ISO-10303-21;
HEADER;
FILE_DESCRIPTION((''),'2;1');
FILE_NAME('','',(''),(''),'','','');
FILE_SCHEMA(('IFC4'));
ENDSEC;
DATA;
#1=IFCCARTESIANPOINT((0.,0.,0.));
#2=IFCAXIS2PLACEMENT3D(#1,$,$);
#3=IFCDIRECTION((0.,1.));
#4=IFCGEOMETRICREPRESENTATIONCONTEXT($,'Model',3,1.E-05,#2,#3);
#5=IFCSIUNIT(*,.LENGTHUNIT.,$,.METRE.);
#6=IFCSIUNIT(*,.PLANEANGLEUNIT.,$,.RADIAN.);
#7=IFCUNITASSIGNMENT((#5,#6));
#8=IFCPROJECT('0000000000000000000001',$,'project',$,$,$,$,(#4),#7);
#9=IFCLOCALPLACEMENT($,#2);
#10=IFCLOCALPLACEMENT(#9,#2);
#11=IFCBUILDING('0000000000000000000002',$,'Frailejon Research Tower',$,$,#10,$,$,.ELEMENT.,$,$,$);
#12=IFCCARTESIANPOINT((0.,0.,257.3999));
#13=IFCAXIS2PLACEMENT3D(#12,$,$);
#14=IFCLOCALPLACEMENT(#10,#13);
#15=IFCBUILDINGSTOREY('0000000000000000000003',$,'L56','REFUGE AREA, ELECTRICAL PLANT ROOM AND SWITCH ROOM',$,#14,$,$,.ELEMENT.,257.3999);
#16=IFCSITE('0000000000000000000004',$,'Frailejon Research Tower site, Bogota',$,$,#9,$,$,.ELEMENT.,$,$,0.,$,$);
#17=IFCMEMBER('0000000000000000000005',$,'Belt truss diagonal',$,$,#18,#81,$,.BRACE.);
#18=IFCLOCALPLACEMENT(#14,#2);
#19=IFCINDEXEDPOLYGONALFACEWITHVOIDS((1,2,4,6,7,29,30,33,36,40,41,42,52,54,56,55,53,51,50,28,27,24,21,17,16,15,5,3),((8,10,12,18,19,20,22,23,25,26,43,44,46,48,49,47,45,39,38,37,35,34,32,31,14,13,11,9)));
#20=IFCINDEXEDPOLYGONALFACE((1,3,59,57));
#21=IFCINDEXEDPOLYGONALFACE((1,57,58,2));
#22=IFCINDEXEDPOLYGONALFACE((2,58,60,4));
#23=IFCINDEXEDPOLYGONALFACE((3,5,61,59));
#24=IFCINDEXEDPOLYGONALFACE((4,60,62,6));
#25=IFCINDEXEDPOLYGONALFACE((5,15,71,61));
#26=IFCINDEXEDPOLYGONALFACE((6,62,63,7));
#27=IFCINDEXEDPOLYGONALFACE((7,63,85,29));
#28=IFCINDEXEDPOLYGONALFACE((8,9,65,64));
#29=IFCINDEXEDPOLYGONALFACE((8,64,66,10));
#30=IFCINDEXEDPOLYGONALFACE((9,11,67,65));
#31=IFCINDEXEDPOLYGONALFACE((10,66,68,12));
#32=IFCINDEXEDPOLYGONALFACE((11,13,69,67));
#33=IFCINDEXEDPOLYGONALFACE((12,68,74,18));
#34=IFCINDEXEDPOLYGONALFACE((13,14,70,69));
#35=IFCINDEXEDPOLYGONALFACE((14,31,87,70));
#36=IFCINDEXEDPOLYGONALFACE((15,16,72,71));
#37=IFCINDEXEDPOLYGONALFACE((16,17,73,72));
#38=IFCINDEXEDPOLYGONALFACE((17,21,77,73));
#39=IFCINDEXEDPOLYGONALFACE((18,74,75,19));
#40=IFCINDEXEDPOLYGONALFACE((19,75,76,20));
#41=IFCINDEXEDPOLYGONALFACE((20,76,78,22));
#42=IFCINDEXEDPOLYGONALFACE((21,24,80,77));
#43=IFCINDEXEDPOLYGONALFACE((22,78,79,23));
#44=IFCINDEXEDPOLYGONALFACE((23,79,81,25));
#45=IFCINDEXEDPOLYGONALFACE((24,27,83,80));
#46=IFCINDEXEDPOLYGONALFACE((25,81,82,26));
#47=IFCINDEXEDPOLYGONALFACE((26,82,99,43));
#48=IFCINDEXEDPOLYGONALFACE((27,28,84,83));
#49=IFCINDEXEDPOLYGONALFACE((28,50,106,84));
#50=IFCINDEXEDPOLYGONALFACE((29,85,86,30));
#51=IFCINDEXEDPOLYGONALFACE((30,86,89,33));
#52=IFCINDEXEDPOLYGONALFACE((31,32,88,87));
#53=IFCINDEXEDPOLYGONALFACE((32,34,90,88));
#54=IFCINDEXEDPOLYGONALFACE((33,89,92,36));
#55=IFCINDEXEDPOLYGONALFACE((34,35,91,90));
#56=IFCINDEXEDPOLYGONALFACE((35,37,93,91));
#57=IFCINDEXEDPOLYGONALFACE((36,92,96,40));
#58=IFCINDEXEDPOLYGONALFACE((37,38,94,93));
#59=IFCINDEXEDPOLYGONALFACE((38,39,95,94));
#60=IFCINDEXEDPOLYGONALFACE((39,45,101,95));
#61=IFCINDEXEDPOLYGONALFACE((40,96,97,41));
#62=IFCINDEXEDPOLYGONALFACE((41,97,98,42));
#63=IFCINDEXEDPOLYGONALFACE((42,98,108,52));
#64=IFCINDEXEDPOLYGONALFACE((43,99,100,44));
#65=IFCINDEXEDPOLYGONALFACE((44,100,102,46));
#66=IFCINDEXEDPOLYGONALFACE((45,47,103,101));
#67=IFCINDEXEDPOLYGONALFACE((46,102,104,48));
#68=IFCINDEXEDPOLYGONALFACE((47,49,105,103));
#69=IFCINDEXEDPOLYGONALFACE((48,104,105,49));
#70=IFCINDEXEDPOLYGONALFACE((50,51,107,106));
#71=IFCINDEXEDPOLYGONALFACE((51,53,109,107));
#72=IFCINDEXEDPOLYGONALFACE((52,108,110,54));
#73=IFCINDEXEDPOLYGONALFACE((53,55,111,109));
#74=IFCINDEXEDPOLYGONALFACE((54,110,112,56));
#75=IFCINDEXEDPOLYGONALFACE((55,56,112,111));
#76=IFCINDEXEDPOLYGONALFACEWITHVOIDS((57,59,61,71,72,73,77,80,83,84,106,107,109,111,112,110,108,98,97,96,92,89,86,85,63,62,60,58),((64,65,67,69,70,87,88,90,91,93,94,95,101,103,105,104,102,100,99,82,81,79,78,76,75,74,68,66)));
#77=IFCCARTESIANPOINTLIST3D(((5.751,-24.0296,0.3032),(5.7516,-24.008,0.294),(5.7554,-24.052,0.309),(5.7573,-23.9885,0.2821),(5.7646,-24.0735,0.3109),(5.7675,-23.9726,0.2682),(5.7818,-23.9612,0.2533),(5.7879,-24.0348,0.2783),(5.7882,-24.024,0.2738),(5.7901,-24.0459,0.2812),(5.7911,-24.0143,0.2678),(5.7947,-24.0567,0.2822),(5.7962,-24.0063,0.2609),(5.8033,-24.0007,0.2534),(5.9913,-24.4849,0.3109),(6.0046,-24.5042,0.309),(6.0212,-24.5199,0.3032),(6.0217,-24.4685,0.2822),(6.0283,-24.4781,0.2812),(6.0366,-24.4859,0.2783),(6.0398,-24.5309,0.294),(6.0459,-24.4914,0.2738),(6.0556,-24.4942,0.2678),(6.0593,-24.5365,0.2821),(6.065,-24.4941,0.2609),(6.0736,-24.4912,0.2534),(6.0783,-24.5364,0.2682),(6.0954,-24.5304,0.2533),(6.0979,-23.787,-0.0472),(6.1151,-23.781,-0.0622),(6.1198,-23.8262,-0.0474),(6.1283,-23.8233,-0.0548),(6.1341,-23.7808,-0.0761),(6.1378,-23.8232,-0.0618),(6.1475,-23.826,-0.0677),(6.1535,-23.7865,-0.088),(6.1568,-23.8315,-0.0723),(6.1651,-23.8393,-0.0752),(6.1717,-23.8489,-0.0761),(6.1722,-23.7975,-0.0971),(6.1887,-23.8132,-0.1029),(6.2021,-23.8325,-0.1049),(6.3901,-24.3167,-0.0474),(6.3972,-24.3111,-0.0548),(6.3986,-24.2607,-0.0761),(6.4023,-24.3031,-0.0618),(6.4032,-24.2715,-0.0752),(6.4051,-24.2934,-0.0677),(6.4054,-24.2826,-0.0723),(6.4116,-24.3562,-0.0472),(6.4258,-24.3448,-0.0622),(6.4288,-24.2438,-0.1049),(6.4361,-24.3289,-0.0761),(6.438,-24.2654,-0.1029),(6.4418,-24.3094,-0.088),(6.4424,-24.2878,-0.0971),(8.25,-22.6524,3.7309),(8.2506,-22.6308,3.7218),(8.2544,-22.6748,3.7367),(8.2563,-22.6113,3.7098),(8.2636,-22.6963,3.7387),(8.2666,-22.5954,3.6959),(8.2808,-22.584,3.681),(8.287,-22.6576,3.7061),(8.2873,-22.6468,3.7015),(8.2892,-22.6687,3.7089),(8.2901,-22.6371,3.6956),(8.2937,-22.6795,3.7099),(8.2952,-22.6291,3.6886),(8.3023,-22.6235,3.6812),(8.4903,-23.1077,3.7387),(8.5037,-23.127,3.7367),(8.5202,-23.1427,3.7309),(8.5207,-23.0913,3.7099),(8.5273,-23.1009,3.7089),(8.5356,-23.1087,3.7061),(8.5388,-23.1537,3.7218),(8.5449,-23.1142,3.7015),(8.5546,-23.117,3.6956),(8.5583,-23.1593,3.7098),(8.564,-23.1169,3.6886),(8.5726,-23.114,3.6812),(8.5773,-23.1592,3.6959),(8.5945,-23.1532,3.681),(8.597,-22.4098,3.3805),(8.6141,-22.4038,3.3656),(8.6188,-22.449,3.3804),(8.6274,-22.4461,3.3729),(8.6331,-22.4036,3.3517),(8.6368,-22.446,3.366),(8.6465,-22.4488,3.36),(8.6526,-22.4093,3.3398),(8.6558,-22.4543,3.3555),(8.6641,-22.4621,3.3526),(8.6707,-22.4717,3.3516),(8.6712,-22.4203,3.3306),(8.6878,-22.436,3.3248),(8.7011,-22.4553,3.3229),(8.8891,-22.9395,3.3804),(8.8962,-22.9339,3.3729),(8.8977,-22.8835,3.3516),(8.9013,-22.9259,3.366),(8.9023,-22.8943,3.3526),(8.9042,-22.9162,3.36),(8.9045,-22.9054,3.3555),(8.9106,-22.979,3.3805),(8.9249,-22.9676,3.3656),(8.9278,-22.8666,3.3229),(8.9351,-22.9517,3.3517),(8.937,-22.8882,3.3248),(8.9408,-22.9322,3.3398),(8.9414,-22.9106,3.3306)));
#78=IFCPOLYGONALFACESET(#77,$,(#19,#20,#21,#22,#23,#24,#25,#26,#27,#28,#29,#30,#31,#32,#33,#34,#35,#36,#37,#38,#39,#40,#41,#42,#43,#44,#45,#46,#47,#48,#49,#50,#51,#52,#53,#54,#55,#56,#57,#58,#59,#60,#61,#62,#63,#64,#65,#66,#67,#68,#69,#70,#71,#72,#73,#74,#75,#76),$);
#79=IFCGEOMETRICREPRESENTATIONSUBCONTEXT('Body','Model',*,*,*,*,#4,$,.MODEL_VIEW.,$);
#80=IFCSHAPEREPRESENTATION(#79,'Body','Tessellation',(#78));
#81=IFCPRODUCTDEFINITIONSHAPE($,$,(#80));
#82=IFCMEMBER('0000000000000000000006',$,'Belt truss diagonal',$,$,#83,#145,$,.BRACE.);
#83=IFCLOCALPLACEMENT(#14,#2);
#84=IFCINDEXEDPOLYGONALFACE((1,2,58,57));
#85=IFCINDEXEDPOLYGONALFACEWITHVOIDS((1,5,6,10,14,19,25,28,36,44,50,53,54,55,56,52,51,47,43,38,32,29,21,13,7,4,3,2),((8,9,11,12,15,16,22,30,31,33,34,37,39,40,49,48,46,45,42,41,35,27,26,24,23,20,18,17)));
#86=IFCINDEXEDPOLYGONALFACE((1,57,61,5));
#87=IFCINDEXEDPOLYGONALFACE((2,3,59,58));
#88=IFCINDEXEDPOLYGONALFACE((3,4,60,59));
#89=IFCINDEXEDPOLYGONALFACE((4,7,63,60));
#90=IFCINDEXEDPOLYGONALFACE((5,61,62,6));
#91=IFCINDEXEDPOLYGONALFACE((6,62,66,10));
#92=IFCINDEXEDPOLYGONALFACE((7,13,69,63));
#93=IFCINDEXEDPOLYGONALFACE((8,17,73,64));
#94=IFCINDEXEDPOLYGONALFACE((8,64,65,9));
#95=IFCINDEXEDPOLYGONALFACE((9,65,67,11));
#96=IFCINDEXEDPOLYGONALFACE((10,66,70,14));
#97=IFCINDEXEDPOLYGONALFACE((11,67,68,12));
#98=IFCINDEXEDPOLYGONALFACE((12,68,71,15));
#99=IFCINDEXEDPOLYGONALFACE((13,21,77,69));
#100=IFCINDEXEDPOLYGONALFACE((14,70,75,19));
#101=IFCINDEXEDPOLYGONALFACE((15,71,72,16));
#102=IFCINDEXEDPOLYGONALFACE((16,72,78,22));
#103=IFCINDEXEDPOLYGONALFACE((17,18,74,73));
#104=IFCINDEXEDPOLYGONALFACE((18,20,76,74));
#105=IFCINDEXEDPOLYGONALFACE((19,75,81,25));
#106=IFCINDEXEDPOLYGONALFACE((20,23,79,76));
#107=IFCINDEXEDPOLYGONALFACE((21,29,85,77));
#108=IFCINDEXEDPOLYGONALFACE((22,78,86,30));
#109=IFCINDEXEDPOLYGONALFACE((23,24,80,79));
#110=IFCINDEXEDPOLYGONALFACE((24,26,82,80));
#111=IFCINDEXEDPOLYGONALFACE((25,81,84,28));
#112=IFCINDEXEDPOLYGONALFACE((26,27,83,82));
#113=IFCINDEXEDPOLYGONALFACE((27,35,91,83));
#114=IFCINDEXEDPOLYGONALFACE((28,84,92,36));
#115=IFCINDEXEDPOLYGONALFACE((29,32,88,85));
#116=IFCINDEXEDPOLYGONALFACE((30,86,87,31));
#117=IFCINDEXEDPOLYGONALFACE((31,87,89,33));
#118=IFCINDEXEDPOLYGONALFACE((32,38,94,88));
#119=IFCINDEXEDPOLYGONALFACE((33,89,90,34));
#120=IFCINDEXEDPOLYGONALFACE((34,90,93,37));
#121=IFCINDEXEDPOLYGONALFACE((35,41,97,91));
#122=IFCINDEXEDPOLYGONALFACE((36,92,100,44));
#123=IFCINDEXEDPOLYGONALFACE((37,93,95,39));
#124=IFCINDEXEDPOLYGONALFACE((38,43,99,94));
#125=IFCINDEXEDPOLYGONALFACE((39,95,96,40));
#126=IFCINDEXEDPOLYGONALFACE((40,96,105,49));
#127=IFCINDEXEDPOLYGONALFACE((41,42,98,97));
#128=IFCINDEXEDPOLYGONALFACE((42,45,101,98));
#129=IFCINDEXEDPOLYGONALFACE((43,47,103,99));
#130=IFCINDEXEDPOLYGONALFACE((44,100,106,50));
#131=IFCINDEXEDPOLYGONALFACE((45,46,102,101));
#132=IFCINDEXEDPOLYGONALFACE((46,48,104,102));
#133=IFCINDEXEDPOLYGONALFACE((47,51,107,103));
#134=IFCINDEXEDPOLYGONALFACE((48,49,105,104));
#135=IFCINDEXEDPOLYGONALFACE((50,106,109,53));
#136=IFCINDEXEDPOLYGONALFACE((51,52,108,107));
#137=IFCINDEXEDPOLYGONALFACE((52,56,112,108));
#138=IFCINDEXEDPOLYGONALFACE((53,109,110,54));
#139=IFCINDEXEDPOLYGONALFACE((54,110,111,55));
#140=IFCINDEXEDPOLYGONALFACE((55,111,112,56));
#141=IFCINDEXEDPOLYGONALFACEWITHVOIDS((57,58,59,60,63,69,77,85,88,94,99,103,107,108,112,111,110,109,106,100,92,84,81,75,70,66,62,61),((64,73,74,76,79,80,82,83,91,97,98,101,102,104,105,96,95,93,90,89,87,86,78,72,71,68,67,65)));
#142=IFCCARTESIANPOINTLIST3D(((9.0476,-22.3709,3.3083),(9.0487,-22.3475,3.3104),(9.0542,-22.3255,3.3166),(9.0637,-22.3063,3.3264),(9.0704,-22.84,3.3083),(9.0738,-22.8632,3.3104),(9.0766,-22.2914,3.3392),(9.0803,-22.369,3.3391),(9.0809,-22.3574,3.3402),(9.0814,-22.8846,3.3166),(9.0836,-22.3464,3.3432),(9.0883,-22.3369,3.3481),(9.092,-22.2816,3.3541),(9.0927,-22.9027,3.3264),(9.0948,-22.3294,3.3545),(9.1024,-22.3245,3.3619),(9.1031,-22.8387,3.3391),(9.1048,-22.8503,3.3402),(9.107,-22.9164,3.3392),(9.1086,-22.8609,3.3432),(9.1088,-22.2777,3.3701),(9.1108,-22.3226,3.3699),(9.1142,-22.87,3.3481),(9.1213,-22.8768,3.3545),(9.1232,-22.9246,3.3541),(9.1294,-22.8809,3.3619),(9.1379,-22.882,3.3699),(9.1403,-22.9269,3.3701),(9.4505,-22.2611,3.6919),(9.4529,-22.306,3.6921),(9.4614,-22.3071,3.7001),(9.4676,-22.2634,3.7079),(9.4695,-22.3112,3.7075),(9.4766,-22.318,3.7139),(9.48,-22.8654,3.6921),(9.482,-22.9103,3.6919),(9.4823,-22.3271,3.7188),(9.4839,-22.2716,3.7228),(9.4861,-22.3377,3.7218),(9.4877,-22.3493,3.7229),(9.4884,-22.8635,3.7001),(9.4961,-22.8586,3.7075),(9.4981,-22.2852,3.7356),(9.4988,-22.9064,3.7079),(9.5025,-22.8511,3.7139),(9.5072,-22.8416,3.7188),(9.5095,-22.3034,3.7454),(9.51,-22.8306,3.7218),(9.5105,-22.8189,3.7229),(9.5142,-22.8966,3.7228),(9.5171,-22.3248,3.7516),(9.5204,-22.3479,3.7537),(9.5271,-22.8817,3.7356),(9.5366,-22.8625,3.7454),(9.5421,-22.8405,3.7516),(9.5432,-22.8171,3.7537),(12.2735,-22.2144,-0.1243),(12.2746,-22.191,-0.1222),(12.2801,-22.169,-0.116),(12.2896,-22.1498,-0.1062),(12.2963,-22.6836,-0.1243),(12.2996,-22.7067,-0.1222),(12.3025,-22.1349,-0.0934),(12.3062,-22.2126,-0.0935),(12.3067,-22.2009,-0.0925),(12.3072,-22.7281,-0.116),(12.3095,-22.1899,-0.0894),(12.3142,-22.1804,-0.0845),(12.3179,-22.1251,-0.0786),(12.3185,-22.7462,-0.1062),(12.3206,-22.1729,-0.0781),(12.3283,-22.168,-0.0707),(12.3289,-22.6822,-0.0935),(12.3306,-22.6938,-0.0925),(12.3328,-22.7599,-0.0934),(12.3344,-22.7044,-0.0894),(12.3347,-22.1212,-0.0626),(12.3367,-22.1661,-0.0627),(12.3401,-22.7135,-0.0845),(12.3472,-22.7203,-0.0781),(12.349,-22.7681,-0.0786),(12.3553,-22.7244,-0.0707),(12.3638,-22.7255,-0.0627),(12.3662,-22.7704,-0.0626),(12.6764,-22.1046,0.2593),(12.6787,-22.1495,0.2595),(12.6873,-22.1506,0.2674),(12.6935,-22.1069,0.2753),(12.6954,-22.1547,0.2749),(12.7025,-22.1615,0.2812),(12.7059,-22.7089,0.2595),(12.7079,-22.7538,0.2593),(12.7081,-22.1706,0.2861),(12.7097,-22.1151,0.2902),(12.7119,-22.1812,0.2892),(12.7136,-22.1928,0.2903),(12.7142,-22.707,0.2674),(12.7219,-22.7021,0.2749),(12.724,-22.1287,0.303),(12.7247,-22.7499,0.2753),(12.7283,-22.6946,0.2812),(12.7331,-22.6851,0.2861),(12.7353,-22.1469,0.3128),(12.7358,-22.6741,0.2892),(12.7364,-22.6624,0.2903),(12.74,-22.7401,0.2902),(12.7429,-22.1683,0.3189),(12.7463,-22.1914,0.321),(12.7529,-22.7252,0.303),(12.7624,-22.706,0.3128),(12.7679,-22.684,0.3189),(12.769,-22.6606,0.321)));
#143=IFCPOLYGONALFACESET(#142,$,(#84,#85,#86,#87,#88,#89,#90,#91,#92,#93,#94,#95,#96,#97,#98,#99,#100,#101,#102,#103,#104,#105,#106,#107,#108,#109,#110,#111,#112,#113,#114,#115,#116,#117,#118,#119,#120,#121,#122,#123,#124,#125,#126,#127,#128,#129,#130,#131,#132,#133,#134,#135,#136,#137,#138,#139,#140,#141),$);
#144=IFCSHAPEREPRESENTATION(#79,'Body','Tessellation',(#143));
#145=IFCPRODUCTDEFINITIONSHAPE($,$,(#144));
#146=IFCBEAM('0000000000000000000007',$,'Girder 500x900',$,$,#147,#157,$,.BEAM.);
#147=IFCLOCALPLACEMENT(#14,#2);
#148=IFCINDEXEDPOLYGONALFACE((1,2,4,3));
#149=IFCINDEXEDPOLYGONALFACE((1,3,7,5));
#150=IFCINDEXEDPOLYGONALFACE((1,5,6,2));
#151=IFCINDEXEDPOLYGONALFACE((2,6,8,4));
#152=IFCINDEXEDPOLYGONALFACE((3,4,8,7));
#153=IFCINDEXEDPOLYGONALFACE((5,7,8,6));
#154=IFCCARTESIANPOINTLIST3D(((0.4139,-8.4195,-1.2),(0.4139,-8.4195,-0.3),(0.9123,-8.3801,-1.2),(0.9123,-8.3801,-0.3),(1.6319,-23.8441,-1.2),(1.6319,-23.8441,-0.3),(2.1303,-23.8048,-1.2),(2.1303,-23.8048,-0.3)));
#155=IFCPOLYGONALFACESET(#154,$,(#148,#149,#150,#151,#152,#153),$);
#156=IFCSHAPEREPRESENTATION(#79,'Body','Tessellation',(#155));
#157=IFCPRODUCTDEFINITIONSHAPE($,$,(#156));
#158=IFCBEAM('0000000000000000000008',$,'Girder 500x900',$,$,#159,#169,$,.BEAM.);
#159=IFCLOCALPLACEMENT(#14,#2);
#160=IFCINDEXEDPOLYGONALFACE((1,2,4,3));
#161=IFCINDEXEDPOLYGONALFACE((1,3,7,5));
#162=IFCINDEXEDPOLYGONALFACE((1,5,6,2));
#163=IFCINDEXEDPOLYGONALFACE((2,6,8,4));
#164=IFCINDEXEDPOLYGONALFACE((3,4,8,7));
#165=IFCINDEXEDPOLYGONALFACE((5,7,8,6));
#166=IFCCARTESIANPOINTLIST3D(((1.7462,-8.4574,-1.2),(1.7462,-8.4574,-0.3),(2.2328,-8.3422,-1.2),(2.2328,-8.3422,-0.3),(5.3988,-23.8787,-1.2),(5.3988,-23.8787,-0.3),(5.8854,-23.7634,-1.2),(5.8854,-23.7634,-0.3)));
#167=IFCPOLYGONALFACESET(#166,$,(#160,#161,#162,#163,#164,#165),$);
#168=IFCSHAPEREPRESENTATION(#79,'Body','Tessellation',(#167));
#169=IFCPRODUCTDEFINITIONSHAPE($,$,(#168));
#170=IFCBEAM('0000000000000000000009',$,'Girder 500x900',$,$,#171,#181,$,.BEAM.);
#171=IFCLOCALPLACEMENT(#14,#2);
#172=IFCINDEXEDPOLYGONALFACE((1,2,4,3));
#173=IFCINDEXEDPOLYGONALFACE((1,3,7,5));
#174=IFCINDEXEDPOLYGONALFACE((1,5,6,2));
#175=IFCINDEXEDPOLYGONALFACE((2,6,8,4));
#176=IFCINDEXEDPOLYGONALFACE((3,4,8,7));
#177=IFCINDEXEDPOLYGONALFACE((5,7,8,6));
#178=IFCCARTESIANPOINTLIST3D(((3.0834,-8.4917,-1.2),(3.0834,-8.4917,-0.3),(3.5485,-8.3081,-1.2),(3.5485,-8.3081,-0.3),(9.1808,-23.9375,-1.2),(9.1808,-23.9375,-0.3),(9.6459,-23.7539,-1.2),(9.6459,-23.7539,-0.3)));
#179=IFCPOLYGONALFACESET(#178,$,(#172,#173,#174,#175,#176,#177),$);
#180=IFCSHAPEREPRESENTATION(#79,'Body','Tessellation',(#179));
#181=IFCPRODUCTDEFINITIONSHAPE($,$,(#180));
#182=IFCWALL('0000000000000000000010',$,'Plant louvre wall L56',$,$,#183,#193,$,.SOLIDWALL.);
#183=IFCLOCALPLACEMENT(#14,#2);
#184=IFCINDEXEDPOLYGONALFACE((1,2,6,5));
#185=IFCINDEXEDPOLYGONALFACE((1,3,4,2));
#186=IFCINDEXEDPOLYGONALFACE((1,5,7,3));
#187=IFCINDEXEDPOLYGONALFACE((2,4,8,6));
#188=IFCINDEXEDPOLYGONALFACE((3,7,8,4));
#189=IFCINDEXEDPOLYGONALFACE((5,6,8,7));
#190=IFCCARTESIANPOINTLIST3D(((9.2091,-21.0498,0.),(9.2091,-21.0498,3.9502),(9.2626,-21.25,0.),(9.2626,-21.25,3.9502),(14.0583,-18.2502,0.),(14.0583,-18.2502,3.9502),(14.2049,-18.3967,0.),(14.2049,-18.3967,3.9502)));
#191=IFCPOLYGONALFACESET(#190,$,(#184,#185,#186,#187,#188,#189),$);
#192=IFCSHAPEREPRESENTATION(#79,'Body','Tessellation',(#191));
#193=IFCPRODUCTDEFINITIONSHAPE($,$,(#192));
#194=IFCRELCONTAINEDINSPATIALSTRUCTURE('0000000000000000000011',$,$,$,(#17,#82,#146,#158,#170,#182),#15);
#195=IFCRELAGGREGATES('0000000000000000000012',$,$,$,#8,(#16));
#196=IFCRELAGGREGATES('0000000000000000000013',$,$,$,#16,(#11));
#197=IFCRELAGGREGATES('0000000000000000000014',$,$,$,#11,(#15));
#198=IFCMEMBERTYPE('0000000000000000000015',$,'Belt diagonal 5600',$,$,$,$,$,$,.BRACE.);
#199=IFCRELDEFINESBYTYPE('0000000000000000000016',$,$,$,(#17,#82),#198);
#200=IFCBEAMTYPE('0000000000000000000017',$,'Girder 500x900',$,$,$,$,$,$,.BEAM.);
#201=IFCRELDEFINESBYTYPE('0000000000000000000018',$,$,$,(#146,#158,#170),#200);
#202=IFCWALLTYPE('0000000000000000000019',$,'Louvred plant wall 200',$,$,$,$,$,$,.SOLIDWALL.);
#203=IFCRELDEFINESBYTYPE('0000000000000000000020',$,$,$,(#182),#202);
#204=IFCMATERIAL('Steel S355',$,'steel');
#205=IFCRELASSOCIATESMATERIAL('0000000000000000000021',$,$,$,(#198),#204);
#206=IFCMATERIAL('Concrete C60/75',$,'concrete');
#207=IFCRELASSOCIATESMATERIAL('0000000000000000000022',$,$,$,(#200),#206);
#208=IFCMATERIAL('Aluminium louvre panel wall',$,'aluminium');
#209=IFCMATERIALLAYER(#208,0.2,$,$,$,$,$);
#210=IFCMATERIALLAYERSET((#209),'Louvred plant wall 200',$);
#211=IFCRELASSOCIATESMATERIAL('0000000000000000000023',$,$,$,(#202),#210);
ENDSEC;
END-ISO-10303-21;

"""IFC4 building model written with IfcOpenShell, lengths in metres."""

from ifc_helpers import new_model, si_unit, direction, frame, origin, origin_2d, place, context, subcontext, project, spatial, polyline, rectangle, hollow_rectangle, outline, extrude, material, layer, layer_set, material_profile, profile_set, type_object, element, save


model = new_model("IFC4")

# Units and contexts
model_context = context("Model", 3, precision=1e-05, world=origin(), true_north=direction((0.0, 1.0)))
body_context = subcontext(model_context, "Body", "Model", "MODEL_VIEW")
ifc_project = project(units=[si_unit("LENGTHUNIT", "METRE"), si_unit("PLANEANGLEUNIT", "RADIAN")], contexts=[model_context])

# Site, building, storey
site_placement = place(None, origin())
site = spatial("IfcSite", under=ifc_project, at=site_placement, Name="Frailejon Research Tower site, Bogota", CompositionType="ELEMENT", RefElevation=0.0)
building_placement = place(site_placement, origin())
building = spatial("IfcBuilding", under=site, at=building_placement, Name="Frailejon Research Tower", CompositionType="ELEMENT")
storey_placement = place(building_placement, frame((0.0, 0.0, 257.3999)))
storey = spatial("IfcBuildingStorey", under=building, at=storey_placement, Name="L56", Description="REFUGE AREA, ELECTRICAL PLANT ROOM AND SWITCH ROOM", CompositionType="ELEMENT", Elevation=257.3999)

# Members
ifc_material_1 = material(Name="Steel S355", Category="steel")
ifc_material_profile_1 = material_profile(ifc_material_1, hollow_rectangle(XDim=0.6499, YDim=0.6499, WallThickness=0.0449, InnerFilletRadius=0.0449, OuterFilletRadius=0.0901, at=origin_2d()), Name="Belt diagonal 5600")
ifc_profile_set_1 = profile_set([ifc_material_profile_1], Name="Steel S355")
member_type = type_object("IfcMemberType", Name="Belt diagonal 5600", PredefinedType="BRACE", material=ifc_profile_set_1)
member_1_placement = place(storey_placement, frame((6.0967, -24.1587, 0.103), z_axis=(0.560325, 0.308792, 0.768559), x_axis=(-0.482654, 0.875811, 0.0)))
element("IfcMember", 1, at=member_1_placement, inside=storey, type_object=member_type, Name="Belt truss diagonal", PredefinedType="BRACE", context=body_context, shape_type="SweptSolid", body=[
    extrude(hollow_rectangle(XDim=0.6499, YDim=0.6499, WallThickness=0.0449, InnerFilletRadius=0.0449, OuterFilletRadius=0.0901, at=origin_2d()), origin(), (0.0, 0.0, 1.0), 4.46),
])
member_2_placement = place(storey_placement, frame((9.2954, -22.594, 3.531), z_axis=(0.684439, 0.033204, -0.728314), x_axis=(-0.048456, 0.998825, 0.0)))
element("IfcMember", 2, at=member_2_placement, inside=storey, type_object=member_type, Name="Belt truss diagonal", PredefinedType="BRACE", context=body_context, shape_type="SweptSolid", body=[
    extrude(hollow_rectangle(XDim=0.6499, YDim=0.6499, WallThickness=0.0449, InnerFilletRadius=0.0449, OuterFilletRadius=0.0901, at=origin_2d()), origin(), (0.0, 0.0, 1.0), 4.7131),
])

# Beams
ifc_material_2 = material(Name="Concrete C60/75", Category="concrete")
ifc_material_profile_2 = material_profile(ifc_material_2, rectangle(XDim=0.5, YDim=0.8999, at=origin_2d()), Name="Girder 500x900")
ifc_profile_set_2 = profile_set([ifc_material_profile_2], Name="Concrete C60/75")
beam_type_1 = type_object("IfcBeamType", Name="Girder 500x900", PredefinedType="BEAM", material=ifc_profile_set_2)
beam_1_placement = place(storey_placement, frame((1.8811, -23.8245, -0.75), z_axis=(-0.078721, 0.996897, 0.0), x_axis=(-0.996897, -0.078721, 0.0)))
element("IfcBeam", 3, at=beam_1_placement, inside=storey, type_object=beam_type_1, Name="Girder 500x900", PredefinedType="BEAM", context=body_context, shape_type="SweptSolid", body=[
    extrude(rectangle(XDim=0.5, YDim=0.8999, at=origin_2d()), origin(), (0.0, 0.0, 1.0), 15.4727),
])
beam_2_placement = place(storey_placement, frame((5.6421, -23.821, -0.75), z_axis=(-0.230479, 0.973077, 0.0), x_axis=(-0.973077, -0.230479, 0.0)))
element("IfcBeam", 4, at=beam_2_placement, inside=storey, type_object=beam_type_1, Name="Girder 500x900", PredefinedType="BEAM", context=body_context, shape_type="SweptSolid", body=[
    extrude(rectangle(XDim=0.5, YDim=0.8999, at=origin_2d()), origin(), (0.0, 0.0, 1.0), 15.8479),
])
beam_3_placement = place(storey_placement, frame((9.4133, -23.8457, -0.75), z_axis=(-0.367187, 0.930147, 0.0), x_axis=(-0.930147, -0.367187, 0.0)))
element("IfcBeam", 5, at=beam_3_placement, inside=storey, type_object=beam_type_1, Name="Girder 500x900", PredefinedType="BEAM", context=body_context, shape_type="SweptSolid", body=[
    extrude(rectangle(XDim=0.5, YDim=0.8999, at=origin_2d()), origin(), (0.0, 0.0, 1.0), 16.6057),
])

# Wall
ifc_material_3 = material(Name="Aluminium louvre panel wall", Category="aluminium")
ifc_layer_1 = layer(ifc_material_3, 0.2)
ifc_layer_set_1 = layer_set([ifc_layer_1], Name="Louvred plant wall 200")
wall_type_1 = type_object("IfcWallType", Name="Louvred plant wall 200", PredefinedType="SOLIDWALL", material=ifc_layer_set_1)
wall_1_placement = place(storey_placement, frame((9.2358, -21.1499, 0.0), z_axis=(0.0, 0.0, 1.0), x_axis=(0.866037, 0.49998, 0.0)))
element("IfcWall", 6, at=wall_1_placement, inside=storey, type_object=wall_type_1, Name="Plant louvre wall L56", PredefinedType="SOLIDWALL", context=body_context, shape_type="SweptSolid", body=[
    extrude(outline(polyline([(-0.0269, -0.1001), (5.6799, -0.1001), (5.6262, 0.1001), (0.0269, 0.1001), (-0.0269, -0.1001)])), origin(), (0.0, 0.0, 1.0), 3.9502),
])

save(model, "model.ifc")
